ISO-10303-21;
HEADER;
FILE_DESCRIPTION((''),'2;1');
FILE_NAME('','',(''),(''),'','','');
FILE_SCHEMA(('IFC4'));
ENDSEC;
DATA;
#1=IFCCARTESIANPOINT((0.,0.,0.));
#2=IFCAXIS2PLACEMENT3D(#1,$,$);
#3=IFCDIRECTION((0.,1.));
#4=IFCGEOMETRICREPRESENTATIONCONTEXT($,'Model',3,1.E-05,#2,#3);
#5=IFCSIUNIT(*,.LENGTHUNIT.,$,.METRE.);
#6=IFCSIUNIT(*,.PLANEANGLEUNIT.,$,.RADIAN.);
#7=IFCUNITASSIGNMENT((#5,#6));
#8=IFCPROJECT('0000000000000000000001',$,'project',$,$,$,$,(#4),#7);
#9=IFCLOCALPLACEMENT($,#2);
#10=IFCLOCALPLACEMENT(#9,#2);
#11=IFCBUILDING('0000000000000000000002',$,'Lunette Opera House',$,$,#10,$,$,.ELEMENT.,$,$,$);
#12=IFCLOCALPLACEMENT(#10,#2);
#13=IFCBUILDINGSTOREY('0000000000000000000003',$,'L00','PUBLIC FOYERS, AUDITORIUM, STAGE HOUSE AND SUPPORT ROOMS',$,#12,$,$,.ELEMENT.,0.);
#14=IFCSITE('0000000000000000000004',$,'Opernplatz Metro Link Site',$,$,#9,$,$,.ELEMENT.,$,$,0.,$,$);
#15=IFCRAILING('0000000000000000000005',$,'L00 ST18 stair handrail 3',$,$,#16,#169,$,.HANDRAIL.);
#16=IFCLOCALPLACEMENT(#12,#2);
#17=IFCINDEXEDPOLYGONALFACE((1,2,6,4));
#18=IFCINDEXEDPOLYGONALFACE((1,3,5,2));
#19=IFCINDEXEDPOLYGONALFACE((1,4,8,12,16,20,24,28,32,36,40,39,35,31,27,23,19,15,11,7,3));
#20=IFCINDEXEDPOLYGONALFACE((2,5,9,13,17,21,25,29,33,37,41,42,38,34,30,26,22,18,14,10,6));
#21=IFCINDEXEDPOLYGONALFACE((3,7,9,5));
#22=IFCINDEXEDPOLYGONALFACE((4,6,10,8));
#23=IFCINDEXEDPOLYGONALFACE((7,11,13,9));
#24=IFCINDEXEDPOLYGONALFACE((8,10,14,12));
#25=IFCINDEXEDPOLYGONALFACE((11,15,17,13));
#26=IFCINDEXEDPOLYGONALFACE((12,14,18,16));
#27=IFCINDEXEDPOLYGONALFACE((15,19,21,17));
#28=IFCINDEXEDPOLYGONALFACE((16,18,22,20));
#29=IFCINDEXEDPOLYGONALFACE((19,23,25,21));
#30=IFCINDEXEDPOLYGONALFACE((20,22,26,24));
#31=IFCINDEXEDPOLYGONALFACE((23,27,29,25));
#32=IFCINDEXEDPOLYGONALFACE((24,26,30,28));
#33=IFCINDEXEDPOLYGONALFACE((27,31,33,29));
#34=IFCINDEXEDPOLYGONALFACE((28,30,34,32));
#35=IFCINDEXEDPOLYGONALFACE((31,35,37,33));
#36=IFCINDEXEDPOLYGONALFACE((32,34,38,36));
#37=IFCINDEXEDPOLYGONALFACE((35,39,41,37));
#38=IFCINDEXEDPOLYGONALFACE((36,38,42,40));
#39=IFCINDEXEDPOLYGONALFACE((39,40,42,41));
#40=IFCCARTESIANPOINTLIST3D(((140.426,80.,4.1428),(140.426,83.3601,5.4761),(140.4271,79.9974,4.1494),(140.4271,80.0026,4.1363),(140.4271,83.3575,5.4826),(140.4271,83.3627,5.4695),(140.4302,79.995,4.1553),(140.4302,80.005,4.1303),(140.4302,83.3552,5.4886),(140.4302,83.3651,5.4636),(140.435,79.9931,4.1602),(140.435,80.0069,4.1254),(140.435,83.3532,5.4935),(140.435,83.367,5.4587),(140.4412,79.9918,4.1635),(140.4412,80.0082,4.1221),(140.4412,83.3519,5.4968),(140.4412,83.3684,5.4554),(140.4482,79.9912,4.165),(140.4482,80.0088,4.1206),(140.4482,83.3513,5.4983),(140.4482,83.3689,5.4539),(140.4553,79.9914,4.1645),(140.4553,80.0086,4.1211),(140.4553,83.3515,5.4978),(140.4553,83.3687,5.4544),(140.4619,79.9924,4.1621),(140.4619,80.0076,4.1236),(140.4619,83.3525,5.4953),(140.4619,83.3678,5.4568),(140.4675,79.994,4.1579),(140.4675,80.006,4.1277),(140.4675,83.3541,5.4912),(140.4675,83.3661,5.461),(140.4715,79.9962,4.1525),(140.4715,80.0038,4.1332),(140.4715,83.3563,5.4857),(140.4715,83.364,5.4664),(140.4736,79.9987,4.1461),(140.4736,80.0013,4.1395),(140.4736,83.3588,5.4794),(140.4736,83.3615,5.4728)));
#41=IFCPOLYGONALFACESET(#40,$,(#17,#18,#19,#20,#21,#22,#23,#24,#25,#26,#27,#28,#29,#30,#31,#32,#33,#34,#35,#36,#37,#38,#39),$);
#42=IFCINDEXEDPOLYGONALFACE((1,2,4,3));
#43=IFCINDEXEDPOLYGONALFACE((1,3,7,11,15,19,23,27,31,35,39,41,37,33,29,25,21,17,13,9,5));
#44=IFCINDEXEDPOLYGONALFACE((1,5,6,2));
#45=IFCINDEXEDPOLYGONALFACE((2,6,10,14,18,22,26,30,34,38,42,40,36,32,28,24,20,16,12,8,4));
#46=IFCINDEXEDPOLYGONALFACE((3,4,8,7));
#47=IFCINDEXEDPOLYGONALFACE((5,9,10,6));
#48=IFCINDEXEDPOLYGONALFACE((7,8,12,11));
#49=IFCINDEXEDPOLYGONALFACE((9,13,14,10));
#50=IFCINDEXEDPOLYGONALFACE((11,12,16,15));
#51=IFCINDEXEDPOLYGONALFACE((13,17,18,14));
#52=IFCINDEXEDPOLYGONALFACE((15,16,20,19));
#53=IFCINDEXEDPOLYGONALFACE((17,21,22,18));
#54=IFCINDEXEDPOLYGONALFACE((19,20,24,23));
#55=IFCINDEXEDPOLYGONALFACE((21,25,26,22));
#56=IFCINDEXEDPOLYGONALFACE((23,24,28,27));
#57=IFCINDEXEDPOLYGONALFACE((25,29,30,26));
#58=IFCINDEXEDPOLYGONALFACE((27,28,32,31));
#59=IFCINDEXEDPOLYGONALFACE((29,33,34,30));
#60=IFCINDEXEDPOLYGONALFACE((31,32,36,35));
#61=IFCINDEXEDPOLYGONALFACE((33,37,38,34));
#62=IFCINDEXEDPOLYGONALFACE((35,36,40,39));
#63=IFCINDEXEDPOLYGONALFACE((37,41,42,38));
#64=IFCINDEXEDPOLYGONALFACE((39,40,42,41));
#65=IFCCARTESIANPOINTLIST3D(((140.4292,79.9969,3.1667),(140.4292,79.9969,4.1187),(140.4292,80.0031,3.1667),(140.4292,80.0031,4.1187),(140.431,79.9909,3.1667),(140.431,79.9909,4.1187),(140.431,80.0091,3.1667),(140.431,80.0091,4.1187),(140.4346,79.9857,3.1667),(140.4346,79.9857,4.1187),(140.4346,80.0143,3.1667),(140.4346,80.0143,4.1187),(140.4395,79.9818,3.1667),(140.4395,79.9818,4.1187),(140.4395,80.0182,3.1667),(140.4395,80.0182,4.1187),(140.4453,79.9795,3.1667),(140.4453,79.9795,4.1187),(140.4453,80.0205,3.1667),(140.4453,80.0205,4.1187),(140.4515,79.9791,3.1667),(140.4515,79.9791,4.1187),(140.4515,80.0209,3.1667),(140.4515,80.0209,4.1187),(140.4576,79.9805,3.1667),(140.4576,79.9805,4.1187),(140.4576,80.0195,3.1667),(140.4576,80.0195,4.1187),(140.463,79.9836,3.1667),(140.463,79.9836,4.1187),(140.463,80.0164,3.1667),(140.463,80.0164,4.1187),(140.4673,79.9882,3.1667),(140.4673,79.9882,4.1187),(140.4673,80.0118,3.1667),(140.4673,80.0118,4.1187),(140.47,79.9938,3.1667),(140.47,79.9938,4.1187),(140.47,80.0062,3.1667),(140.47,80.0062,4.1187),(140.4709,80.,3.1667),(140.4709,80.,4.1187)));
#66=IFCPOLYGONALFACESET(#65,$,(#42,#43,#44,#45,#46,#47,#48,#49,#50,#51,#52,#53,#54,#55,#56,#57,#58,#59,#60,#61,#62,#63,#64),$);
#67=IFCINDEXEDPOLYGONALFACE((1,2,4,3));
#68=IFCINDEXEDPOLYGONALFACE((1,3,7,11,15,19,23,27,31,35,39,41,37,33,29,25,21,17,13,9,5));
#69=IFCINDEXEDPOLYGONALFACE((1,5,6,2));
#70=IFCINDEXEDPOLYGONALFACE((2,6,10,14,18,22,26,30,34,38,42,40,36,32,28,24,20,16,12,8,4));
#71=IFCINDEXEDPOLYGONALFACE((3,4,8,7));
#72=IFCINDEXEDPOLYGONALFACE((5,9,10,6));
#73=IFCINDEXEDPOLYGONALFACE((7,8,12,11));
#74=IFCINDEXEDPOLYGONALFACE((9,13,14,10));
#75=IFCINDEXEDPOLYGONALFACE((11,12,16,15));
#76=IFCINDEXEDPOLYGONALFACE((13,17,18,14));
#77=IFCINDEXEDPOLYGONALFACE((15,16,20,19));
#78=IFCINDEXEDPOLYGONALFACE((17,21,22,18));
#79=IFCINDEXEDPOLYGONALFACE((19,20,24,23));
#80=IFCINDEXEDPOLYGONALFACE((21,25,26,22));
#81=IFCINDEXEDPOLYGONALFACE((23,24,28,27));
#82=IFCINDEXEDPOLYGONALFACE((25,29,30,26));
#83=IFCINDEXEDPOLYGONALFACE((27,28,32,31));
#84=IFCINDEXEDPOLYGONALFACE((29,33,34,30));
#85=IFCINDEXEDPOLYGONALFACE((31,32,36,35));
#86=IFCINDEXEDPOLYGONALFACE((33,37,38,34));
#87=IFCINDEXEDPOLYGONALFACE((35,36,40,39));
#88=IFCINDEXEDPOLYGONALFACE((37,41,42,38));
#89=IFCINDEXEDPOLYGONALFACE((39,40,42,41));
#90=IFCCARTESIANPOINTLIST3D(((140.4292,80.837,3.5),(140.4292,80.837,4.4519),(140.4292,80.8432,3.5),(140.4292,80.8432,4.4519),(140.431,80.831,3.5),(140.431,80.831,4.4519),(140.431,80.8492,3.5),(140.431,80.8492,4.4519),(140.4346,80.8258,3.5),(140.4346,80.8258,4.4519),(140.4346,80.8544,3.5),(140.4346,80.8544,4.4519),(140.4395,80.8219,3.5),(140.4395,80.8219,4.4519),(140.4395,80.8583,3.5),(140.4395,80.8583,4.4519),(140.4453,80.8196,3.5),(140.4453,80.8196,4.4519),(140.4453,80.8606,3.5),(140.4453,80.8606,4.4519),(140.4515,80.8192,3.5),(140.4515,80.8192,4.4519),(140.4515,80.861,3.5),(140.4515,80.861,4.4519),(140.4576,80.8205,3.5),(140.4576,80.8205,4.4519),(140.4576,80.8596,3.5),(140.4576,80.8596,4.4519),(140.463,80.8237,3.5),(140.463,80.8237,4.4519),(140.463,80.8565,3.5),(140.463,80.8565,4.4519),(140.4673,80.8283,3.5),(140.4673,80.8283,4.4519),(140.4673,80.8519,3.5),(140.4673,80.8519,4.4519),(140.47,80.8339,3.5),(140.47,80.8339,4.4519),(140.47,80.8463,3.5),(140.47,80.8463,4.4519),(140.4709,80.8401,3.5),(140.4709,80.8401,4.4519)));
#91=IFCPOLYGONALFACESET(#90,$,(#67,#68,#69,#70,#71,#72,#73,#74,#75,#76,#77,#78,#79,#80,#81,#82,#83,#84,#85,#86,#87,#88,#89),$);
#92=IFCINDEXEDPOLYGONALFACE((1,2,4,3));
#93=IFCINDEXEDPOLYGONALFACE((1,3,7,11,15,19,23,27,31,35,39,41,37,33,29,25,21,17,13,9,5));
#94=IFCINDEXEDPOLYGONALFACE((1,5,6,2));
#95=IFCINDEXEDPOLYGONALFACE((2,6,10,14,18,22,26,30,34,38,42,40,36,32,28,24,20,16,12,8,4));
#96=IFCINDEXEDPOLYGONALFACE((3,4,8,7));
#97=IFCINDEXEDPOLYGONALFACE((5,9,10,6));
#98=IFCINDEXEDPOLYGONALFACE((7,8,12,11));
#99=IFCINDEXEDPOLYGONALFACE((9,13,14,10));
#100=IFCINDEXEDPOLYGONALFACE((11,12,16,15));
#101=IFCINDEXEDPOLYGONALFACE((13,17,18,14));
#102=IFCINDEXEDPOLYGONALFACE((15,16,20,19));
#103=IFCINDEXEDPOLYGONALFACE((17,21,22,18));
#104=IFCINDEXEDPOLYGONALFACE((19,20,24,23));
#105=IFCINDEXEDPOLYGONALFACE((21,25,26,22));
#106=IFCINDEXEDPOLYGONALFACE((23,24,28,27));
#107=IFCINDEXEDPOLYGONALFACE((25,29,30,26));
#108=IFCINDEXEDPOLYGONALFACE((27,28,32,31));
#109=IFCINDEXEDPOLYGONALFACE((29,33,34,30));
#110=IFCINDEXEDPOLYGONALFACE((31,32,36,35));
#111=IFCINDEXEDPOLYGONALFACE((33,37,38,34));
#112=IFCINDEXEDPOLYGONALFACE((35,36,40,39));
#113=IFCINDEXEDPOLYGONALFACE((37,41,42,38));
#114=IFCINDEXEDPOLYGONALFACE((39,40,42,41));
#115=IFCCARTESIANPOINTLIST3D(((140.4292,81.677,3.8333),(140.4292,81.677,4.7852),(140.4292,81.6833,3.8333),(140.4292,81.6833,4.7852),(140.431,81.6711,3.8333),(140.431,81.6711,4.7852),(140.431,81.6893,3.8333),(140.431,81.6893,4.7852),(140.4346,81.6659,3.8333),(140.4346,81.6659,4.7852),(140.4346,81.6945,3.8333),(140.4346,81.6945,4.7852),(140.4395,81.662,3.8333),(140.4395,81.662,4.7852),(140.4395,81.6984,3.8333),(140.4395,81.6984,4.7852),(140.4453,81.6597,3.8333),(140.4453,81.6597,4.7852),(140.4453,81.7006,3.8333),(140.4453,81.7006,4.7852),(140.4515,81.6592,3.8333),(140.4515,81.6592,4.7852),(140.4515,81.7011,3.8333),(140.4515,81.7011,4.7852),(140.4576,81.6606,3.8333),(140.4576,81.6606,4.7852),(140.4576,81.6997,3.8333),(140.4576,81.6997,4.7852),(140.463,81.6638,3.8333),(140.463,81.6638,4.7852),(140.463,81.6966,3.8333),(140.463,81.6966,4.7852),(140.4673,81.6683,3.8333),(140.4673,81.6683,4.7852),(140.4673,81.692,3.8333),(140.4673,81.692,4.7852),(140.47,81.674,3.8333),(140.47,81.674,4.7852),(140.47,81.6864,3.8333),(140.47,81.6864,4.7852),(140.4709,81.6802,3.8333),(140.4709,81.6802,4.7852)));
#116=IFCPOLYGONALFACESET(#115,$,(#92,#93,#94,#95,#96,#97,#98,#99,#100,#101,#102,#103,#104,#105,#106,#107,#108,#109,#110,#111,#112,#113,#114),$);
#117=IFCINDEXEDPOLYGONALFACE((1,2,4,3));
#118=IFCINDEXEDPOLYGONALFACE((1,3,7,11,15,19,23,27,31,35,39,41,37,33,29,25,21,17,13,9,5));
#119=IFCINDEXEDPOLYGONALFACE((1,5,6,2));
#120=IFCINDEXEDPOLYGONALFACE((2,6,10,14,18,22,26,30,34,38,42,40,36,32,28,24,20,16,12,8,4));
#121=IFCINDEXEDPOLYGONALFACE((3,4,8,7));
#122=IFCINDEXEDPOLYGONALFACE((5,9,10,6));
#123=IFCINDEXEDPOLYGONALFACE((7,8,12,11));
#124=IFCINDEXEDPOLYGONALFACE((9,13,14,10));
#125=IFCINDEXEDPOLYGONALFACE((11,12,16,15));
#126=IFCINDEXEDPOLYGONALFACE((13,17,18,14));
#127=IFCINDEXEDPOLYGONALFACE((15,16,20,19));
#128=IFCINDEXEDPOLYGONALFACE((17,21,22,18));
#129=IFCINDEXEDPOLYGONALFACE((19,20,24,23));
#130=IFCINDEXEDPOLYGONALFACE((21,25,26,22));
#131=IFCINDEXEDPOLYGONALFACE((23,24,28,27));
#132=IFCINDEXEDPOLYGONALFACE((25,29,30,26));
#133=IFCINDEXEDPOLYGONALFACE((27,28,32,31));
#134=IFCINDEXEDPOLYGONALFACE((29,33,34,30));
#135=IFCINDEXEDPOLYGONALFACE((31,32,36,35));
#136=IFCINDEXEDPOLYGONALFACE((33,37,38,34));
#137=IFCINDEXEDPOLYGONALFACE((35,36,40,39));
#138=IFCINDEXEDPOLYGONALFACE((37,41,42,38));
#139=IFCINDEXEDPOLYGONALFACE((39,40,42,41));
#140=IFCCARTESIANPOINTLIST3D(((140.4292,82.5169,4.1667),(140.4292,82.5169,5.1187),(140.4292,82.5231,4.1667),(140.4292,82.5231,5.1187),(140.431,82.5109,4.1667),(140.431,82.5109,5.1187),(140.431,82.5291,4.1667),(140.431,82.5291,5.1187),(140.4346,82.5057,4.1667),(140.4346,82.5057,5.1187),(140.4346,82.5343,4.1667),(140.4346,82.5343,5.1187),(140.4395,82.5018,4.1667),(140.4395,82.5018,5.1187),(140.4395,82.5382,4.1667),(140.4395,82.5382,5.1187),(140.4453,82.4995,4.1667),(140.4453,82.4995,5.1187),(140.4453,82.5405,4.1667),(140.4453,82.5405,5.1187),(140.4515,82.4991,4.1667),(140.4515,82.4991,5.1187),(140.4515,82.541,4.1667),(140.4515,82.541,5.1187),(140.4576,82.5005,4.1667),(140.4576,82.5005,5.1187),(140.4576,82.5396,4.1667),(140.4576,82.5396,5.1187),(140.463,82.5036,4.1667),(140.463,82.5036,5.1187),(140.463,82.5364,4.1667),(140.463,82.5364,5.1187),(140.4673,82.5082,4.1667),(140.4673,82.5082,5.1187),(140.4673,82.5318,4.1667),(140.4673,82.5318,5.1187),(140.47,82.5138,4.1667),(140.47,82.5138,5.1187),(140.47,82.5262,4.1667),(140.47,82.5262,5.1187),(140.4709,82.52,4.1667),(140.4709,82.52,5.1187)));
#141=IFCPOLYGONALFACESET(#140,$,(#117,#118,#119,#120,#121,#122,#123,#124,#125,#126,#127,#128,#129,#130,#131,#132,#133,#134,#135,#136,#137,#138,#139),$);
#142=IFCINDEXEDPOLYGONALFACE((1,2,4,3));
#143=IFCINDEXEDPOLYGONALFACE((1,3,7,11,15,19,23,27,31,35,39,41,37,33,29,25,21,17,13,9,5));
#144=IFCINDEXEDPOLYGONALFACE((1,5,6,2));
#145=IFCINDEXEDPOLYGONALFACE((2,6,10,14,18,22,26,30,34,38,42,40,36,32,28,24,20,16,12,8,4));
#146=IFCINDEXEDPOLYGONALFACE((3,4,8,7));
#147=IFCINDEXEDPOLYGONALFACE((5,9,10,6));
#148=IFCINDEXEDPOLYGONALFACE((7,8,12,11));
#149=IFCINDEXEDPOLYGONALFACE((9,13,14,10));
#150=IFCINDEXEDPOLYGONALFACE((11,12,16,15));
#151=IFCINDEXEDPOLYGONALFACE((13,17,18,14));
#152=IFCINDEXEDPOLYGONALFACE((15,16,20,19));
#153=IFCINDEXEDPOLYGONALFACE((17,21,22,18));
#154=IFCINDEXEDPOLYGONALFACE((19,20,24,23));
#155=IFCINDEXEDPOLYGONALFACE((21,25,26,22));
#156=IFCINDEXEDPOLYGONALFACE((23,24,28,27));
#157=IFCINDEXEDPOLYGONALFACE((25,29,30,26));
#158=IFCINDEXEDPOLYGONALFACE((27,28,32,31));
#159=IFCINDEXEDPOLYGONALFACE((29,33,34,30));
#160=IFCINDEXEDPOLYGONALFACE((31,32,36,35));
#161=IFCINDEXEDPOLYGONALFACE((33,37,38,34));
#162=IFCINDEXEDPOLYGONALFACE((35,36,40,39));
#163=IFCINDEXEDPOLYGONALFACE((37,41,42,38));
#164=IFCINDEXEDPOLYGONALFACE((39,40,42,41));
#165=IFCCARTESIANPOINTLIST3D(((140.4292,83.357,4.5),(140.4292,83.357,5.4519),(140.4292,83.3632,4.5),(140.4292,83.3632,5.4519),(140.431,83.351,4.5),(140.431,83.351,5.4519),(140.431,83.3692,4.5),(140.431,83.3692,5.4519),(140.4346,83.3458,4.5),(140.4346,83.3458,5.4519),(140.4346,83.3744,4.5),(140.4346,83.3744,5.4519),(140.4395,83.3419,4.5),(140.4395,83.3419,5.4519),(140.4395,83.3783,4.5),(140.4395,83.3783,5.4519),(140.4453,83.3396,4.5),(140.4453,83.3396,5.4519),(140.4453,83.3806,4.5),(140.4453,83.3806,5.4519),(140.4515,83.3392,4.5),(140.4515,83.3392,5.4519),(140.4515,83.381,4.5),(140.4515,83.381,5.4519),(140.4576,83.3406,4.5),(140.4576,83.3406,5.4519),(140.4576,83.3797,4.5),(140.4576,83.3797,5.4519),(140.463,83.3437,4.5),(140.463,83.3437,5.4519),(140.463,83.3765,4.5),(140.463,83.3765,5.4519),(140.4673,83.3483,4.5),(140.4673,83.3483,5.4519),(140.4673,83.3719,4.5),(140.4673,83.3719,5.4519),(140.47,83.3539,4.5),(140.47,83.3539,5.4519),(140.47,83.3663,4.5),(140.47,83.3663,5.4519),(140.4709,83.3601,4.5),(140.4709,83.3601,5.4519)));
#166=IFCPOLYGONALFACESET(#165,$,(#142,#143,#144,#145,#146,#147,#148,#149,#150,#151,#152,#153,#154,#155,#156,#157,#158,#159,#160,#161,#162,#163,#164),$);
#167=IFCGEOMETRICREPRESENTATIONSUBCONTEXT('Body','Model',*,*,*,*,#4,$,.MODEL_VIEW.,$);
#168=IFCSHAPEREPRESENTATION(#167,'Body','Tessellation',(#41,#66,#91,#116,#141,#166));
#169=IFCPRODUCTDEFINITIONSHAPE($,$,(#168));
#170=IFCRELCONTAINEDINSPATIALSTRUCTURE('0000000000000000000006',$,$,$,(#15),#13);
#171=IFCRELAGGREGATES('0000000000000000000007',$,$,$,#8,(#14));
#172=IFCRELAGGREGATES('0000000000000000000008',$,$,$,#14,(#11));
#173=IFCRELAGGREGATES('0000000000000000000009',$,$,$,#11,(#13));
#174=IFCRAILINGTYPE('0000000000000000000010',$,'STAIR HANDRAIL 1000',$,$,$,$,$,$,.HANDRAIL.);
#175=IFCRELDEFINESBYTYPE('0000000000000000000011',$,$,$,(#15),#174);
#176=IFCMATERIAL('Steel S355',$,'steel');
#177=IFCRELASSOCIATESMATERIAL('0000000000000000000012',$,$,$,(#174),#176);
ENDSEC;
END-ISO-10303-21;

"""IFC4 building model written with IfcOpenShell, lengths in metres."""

from ifc_helpers import new_model, si_unit, direction, frame, origin, origin_2d, place, context, subcontext, project, spatial, circle, extrude, material, type_object, element, save


model = new_model("IFC4")

# Units and contexts
model_context = context("Model", 3, precision=1e-05, world=origin(), true_north=direction((0.0, 1.0)))
body_context = subcontext(model_context, "Body", "Model", "MODEL_VIEW")
ifc_project = project(units=[si_unit("LENGTHUNIT", "METRE"), si_unit("PLANEANGLEUNIT", "RADIAN")], contexts=[model_context])

# Site, building, storey
site_placement = place(None, origin())
site = spatial("IfcSite", under=ifc_project, at=site_placement, Name="Opernplatz Metro Link Site", CompositionType="ELEMENT", RefElevation=0.0)
building_placement = place(site_placement, origin())
building = spatial("IfcBuilding", under=site, at=building_placement, Name="Lunette Opera House", CompositionType="ELEMENT")
storey_placement = place(building_placement, origin())
storey = spatial("IfcBuildingStorey", under=building, at=storey_placement, Name="L00", Description="PUBLIC FOYERS, AUDITORIUM, STAGE HOUSE AND SUPPORT ROOMS", CompositionType="ELEMENT", Elevation=0.0)

# Railing
ifc_material_1 = material(Name="Steel S355", Category="steel")
railing_type_1 = type_object("IfcRailingType", Name="STAIR HANDRAIL 1000", PredefinedType="HANDRAIL", material=ifc_material_1)
railing_1_placement = place(storey_placement, frame((140.45, 80.0, 3.1667)))
element("IfcRailing", 1, at=railing_1_placement, inside=storey, type_object=railing_type_1, Name="L00 ST18 stair handrail 3", PredefinedType="HANDRAIL", context=body_context, shape_type="SweptSolid", body=[
    extrude(circle(Radius=0.0239, at=origin_2d()), frame((0.0, 0.0, 0.9761), z_axis=(0.0, 0.929502, 0.368816), x_axis=(-1.0, 0.0, 0.0)), (0.0, 0.0, 1.0), 3.615),
    extrude(circle(Radius=0.021, at=origin_2d()), origin(), (0.0, 0.0, 1.0), 0.9519),
    extrude(circle(Radius=0.021, at=origin_2d()), frame((0.0, 0.8401, 0.3333)), (0.0, 0.0, 1.0), 0.9519),
    extrude(circle(Radius=0.021, at=origin_2d()), frame((0.0, 1.6802, 0.6665)), (0.0, 0.0, 1.0), 0.9519),
    extrude(circle(Radius=0.021, at=origin_2d()), frame((0.0, 2.52, 1.0)), (0.0, 0.0, 1.0), 0.9519),
    extrude(circle(Radius=0.021, at=origin_2d()), frame((0.0, 3.3601, 1.3333)), (0.0, 0.0, 1.0), 0.9519),
])

save(model, "model.ifc")
